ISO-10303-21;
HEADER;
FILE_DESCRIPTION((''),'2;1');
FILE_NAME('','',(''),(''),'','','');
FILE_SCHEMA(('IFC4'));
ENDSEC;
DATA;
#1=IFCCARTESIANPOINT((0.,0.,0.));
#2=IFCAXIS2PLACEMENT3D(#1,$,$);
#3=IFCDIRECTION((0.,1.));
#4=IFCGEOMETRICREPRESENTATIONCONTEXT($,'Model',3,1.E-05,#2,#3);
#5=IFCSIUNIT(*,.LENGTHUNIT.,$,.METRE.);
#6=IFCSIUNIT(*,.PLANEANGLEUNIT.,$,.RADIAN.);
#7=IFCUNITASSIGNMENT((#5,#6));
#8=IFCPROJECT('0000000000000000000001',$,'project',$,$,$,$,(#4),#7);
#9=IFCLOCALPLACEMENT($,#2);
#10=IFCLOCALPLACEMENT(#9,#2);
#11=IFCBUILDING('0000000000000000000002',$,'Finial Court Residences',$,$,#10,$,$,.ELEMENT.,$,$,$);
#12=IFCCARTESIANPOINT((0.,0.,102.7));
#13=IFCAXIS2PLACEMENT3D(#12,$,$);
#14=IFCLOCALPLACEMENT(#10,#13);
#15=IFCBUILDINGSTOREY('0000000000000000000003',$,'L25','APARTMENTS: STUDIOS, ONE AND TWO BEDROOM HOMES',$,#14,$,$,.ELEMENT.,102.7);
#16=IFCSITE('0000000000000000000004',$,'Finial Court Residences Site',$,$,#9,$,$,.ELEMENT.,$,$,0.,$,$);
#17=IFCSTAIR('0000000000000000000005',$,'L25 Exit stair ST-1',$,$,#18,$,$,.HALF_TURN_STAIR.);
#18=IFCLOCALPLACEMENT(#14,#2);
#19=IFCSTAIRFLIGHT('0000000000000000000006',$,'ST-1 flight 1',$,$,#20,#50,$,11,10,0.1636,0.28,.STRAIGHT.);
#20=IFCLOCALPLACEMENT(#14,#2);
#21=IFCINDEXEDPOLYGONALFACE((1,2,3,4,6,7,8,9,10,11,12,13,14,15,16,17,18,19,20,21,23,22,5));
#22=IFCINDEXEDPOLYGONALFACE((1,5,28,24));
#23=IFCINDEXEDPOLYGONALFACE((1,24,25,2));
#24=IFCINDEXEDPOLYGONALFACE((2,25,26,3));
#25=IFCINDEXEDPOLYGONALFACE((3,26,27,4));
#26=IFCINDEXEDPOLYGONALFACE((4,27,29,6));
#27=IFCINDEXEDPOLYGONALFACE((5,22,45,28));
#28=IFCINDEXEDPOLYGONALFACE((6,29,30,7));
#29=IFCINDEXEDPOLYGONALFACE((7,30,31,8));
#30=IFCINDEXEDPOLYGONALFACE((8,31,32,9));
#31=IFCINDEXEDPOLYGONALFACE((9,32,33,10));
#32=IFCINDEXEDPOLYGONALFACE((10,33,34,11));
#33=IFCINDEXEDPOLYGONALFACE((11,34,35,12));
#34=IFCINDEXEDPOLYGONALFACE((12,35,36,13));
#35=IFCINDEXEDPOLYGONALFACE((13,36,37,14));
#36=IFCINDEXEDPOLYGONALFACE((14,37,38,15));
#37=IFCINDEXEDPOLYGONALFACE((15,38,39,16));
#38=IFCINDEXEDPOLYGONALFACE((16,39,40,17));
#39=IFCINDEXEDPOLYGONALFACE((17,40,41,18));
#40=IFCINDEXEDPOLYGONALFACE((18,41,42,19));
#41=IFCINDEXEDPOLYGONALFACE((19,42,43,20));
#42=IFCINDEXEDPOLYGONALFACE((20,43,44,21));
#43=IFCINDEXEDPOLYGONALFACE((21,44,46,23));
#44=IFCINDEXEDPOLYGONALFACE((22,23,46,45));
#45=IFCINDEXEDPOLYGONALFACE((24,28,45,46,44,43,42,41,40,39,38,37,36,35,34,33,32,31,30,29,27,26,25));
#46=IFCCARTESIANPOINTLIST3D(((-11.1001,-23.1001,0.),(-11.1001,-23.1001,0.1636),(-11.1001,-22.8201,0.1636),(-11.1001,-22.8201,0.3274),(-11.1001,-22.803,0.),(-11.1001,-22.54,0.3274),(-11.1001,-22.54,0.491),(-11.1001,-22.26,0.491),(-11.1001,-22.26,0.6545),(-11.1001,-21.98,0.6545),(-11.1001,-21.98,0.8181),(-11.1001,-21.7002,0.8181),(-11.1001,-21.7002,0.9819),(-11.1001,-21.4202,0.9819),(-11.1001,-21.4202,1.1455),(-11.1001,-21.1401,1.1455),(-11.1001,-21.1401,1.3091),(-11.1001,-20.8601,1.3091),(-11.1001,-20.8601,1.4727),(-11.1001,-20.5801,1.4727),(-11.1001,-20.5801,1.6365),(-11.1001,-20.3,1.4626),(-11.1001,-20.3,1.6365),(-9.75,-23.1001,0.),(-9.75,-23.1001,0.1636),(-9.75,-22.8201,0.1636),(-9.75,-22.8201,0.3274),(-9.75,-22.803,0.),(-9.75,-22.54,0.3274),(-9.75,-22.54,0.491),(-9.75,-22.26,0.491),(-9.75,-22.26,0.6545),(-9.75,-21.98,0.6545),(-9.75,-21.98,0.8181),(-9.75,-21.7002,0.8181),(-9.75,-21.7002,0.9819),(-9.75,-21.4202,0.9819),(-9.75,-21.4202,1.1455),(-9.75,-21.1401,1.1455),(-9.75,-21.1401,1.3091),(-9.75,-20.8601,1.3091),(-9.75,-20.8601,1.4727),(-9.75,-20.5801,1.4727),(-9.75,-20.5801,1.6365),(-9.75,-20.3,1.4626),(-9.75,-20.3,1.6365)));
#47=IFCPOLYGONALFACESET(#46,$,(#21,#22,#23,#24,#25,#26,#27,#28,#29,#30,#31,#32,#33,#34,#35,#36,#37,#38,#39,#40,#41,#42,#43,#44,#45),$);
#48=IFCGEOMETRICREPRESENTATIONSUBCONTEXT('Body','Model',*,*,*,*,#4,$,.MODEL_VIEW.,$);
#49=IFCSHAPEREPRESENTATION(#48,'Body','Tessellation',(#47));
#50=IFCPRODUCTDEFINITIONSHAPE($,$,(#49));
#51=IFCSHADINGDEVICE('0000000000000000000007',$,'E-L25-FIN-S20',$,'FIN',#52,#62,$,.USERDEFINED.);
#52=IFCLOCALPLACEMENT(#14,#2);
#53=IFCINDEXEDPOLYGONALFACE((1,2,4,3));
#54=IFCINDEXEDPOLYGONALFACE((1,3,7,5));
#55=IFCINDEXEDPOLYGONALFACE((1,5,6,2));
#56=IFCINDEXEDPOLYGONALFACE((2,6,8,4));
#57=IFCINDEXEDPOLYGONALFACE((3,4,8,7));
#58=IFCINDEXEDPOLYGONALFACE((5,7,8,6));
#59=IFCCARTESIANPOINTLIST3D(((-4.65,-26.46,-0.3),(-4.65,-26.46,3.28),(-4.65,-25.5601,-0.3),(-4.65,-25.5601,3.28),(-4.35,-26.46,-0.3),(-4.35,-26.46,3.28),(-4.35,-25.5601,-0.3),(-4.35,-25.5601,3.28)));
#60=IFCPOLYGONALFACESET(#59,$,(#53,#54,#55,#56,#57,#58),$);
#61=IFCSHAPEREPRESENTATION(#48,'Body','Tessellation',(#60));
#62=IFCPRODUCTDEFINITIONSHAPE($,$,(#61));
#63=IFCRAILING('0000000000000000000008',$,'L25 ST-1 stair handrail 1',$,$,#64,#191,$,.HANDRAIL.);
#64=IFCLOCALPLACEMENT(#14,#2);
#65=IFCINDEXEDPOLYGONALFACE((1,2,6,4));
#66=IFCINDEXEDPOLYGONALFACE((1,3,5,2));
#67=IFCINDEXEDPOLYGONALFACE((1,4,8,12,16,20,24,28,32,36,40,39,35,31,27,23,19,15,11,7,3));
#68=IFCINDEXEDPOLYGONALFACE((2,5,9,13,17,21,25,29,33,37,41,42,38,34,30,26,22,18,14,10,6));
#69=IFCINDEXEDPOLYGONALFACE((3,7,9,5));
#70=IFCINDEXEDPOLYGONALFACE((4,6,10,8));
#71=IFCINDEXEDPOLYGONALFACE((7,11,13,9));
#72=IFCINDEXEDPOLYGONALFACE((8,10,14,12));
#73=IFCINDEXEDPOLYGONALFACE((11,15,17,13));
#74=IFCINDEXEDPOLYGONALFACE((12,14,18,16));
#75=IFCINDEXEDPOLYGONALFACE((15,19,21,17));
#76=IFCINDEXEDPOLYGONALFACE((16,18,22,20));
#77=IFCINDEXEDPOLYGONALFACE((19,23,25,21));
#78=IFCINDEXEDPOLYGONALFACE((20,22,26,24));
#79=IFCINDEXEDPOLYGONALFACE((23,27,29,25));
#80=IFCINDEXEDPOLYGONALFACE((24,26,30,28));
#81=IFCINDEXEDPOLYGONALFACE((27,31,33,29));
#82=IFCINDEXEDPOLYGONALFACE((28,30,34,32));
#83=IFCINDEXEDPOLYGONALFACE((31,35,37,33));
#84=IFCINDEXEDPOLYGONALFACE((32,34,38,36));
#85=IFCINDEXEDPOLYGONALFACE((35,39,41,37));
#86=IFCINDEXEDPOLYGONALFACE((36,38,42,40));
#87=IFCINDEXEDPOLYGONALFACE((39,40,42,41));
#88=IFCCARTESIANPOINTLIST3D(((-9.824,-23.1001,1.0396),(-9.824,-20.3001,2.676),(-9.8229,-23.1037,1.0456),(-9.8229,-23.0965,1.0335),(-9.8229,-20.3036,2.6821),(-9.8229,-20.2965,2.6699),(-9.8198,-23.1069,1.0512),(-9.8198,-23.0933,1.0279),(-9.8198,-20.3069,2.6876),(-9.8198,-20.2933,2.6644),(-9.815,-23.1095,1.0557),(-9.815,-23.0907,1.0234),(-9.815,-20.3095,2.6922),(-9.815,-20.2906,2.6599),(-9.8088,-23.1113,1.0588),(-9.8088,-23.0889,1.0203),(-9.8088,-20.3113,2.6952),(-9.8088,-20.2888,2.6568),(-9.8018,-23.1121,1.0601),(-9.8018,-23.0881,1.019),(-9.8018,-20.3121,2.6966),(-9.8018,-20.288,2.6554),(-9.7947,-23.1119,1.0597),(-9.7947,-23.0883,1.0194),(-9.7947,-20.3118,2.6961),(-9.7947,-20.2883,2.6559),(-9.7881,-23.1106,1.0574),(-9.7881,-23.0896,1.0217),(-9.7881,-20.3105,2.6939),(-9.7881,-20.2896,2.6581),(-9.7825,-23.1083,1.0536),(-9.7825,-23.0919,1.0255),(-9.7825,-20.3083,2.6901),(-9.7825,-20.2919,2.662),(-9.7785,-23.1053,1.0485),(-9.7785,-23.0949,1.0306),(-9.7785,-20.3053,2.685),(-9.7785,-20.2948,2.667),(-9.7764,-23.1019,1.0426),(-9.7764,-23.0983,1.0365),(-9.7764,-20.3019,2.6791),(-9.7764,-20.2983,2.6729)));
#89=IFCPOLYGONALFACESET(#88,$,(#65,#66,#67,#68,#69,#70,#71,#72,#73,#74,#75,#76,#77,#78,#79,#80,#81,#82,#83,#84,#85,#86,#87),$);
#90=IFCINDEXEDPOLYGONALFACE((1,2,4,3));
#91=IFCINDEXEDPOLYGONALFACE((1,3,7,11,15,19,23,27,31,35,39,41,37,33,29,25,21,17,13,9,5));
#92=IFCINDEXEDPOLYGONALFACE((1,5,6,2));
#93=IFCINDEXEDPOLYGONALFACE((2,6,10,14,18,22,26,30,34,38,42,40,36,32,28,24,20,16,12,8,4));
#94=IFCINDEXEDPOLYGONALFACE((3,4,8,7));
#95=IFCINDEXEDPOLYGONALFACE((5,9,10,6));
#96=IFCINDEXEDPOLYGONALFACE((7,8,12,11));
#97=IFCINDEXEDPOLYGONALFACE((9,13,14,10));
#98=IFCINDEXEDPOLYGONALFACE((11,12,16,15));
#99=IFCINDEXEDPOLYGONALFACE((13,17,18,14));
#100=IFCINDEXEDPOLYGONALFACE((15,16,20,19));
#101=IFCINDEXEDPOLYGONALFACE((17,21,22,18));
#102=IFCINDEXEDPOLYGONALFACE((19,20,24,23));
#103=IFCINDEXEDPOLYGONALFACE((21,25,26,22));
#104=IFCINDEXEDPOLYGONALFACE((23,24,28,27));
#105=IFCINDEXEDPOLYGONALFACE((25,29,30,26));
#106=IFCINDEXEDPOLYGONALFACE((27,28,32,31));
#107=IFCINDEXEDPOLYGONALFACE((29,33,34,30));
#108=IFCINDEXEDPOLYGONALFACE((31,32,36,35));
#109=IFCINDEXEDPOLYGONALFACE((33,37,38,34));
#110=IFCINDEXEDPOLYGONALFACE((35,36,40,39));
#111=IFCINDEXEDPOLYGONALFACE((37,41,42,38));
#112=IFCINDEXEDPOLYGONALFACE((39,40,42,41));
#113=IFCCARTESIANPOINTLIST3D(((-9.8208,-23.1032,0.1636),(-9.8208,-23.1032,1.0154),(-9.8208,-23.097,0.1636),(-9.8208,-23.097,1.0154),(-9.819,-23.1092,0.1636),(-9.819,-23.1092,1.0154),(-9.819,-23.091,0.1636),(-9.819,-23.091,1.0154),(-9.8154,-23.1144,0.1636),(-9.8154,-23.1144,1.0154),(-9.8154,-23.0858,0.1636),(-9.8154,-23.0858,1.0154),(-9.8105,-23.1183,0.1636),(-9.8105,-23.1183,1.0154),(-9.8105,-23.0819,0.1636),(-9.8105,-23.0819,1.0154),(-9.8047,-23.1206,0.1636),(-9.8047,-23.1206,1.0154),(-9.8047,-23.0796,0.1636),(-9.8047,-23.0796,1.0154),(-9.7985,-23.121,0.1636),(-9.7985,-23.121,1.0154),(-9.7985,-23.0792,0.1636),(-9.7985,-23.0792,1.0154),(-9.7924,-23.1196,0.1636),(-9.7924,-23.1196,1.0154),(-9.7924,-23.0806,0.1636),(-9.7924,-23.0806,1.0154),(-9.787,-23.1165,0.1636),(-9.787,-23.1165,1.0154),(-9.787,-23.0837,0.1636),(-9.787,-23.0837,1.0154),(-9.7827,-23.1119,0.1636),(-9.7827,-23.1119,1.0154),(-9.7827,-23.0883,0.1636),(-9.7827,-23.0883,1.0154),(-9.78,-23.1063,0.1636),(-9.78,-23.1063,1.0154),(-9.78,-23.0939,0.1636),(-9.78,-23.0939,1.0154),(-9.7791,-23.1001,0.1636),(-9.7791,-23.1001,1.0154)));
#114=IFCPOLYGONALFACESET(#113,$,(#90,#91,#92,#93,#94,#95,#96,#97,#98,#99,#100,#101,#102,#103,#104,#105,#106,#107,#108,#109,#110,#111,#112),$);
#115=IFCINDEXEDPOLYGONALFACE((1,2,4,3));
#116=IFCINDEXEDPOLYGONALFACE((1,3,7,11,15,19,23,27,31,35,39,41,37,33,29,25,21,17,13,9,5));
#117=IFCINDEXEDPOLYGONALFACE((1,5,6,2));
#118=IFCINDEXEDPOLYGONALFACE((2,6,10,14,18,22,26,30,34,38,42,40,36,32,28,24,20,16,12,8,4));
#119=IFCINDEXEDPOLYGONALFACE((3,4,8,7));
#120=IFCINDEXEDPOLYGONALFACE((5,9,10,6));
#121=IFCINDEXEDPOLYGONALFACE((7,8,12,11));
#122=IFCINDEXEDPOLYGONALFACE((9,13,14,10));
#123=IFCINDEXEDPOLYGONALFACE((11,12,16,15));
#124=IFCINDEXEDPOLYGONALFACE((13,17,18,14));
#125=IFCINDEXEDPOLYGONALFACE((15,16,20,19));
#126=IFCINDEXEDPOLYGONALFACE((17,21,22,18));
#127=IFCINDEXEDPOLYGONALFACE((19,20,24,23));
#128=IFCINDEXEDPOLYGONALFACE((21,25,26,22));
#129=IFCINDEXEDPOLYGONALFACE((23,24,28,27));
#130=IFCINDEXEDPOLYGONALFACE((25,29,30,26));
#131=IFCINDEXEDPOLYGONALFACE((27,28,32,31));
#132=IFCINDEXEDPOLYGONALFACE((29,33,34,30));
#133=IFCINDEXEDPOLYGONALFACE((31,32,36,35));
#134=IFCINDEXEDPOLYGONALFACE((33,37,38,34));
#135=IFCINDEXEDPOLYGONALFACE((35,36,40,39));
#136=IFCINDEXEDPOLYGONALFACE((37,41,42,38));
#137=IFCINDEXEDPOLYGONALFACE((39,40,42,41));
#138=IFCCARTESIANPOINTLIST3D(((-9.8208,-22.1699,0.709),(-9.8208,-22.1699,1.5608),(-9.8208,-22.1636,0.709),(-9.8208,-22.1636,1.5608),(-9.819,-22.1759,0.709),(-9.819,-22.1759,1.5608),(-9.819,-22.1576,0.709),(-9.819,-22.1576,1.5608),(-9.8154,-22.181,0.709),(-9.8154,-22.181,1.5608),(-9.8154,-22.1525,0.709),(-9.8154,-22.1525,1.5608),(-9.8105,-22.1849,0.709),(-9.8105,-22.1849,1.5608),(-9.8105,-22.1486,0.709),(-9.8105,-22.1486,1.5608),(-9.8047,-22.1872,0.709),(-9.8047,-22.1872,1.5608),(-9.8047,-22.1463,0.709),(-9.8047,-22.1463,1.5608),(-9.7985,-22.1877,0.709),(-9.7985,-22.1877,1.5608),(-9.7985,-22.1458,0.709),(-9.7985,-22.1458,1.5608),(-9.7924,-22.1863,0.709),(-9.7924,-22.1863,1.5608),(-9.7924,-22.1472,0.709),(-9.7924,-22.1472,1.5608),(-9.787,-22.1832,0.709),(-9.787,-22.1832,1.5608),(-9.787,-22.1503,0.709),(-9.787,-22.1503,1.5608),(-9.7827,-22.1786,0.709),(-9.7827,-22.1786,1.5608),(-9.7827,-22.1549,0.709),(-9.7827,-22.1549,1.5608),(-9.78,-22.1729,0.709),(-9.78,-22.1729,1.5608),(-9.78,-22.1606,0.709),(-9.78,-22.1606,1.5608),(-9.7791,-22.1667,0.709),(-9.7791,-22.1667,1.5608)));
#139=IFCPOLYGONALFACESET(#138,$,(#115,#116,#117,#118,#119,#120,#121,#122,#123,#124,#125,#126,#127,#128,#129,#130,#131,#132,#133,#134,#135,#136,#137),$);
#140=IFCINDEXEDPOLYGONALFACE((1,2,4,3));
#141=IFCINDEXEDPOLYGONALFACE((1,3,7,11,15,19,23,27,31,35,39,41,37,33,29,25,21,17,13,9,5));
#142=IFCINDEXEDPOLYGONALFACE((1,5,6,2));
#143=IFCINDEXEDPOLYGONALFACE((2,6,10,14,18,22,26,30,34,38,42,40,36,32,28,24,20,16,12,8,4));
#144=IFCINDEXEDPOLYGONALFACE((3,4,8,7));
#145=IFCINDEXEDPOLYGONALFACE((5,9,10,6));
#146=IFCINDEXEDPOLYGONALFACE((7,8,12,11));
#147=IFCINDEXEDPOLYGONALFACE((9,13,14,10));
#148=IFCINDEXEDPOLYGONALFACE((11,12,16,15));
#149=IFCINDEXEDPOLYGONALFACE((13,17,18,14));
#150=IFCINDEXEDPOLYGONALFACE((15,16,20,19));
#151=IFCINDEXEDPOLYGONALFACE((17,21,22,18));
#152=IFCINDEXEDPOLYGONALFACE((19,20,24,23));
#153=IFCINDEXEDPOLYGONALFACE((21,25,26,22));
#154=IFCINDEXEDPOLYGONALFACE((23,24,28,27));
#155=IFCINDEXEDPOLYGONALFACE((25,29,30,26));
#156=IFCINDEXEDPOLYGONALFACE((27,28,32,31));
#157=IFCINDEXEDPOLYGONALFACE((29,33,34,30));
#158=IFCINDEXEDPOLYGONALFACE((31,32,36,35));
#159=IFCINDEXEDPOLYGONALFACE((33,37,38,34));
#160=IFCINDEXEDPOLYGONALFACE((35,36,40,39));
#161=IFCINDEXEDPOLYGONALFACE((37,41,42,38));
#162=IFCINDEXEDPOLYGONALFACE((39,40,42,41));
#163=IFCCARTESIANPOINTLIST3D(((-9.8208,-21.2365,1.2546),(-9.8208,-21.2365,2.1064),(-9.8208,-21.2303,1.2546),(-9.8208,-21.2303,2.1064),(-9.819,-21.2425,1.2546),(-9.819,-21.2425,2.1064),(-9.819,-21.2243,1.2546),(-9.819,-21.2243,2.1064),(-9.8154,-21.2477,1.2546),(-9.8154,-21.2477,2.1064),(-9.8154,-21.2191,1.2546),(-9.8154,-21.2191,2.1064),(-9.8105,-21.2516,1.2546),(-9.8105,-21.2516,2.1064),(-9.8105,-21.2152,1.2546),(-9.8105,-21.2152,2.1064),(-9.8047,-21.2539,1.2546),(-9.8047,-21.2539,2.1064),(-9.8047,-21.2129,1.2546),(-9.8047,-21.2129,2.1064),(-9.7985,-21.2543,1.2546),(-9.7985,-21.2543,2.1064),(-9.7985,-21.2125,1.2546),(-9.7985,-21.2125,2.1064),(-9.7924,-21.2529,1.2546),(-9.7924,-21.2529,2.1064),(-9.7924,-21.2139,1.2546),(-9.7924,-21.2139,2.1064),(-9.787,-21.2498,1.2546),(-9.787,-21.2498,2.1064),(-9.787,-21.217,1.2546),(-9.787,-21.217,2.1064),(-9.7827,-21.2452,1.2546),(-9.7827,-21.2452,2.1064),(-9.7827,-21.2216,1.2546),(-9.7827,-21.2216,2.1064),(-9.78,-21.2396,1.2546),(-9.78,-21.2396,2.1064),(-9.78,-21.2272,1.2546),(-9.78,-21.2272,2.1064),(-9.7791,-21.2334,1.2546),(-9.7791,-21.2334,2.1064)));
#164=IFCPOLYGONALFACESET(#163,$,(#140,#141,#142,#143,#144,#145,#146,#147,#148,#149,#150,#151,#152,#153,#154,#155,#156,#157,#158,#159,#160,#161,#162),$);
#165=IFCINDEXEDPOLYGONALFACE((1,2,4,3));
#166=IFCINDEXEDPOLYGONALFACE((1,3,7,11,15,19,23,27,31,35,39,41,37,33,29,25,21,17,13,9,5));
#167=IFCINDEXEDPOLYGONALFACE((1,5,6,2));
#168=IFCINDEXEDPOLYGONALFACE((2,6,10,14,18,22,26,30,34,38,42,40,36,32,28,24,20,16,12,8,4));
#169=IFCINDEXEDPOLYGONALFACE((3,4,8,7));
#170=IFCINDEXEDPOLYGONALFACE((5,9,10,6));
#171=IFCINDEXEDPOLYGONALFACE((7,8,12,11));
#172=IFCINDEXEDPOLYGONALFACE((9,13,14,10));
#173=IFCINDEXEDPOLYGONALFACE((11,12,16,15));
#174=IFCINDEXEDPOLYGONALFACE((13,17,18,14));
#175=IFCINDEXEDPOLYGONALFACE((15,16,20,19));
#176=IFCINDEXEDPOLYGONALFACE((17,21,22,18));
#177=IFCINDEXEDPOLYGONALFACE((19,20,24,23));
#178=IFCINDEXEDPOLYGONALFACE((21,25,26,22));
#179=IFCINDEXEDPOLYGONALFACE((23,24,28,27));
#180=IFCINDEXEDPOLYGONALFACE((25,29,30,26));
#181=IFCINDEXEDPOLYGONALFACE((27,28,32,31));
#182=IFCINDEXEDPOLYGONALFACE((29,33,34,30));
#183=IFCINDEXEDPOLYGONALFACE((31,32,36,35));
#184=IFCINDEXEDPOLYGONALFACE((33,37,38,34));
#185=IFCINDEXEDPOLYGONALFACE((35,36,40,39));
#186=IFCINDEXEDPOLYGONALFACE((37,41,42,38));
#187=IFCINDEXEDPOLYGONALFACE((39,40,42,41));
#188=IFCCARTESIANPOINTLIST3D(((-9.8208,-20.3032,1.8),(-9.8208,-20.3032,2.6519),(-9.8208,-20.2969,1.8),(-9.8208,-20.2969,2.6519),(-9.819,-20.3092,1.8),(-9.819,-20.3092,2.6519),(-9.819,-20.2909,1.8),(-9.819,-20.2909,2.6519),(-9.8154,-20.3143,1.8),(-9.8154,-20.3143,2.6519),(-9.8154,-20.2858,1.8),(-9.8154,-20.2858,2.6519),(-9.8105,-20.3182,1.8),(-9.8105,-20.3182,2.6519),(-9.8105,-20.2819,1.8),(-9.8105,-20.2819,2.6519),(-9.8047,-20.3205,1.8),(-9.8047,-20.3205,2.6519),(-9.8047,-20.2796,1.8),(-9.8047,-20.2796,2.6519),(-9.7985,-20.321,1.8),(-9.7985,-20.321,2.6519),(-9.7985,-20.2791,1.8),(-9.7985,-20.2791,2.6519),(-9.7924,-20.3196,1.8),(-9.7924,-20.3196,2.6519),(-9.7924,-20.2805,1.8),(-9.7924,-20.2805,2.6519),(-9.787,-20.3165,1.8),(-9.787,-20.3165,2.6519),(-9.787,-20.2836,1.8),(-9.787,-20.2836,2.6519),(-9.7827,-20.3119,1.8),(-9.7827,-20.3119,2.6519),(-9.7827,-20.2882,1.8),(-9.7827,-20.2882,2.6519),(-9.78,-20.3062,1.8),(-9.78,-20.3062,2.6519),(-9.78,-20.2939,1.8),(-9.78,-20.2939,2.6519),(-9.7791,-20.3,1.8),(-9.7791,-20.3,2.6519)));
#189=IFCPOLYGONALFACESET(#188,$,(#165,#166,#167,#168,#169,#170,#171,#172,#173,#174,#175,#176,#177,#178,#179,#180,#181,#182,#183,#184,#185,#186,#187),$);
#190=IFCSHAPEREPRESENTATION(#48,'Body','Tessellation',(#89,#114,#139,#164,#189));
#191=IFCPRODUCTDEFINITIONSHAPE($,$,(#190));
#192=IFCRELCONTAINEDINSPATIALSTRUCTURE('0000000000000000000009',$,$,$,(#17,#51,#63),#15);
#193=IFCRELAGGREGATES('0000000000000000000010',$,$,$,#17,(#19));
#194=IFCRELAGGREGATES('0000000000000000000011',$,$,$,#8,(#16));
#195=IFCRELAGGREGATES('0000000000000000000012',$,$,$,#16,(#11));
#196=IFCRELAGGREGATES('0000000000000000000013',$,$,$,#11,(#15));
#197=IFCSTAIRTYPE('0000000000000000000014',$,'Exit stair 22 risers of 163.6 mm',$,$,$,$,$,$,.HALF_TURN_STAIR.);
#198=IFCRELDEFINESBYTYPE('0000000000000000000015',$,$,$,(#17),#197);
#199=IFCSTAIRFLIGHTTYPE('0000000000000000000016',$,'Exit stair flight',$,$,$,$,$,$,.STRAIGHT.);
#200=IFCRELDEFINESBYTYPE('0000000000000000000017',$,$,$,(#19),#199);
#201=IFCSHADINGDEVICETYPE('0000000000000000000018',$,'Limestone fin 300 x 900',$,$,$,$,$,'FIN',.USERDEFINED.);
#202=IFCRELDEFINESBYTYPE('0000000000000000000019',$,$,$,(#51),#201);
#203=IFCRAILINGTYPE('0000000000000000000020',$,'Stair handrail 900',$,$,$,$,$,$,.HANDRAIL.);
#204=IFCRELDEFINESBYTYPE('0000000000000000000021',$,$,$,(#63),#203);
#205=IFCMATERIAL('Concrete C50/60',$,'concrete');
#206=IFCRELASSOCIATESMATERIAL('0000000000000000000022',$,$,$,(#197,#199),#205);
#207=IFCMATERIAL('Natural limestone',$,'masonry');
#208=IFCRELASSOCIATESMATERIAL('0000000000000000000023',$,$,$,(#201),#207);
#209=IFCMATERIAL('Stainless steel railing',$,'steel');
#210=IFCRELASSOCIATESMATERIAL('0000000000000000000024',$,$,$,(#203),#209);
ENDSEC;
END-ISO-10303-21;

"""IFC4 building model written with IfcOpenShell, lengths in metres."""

from ifc_helpers import new_model, si_unit, direction, frame, origin, origin_2d, place, context, subcontext, project, spatial, polyline, rectangle, circle, outline, extrude, material, type_object, element, aggregate, save


model = new_model("IFC4")

# Units and contexts
model_context = context("Model", 3, precision=1e-05, world=origin(), true_north=direction((0.0, 1.0)))
body_context = subcontext(model_context, "Body", "Model", "MODEL_VIEW")
ifc_project = project(units=[si_unit("LENGTHUNIT", "METRE"), si_unit("PLANEANGLEUNIT", "RADIAN")], contexts=[model_context])

# Site, building, storey
site_placement = place(None, origin())
site = spatial("IfcSite", under=ifc_project, at=site_placement, Name="Finial Court Residences Site", CompositionType="ELEMENT", RefElevation=0.0)
building_placement = place(site_placement, origin())
building = spatial("IfcBuilding", under=site, at=building_placement, Name="Finial Court Residences", CompositionType="ELEMENT")
storey_placement = place(building_placement, frame((0.0, 0.0, 102.7)))
storey = spatial("IfcBuildingStorey", under=building, at=storey_placement, Name="L25", Description="APARTMENTS: STUDIOS, ONE AND TWO BEDROOM HOMES", CompositionType="ELEMENT", Elevation=102.7)

# Stair, stair flight
ifc_material_1 = material(Name="Concrete C50/60", Category="concrete")
stair_type = type_object("IfcStairType", Name="Exit stair 22 risers of 163.6 mm", PredefinedType="HALF_TURN_STAIR", material=ifc_material_1)
stair_placement = place(storey_placement, origin())
stair = element("IfcStair", 1, at=stair_placement, inside=storey, type_object=stair_type, Name="L25 Exit stair ST-1", PredefinedType="HALF_TURN_STAIR")
stair_flight_type = type_object("IfcStairFlightType", Name="Exit stair flight", PredefinedType="STRAIGHT", material=ifc_material_1)
stair_flight_placement = place(storey_placement, frame((-10.425, -23.1001, 0.0), z_axis=(0.0, 0.0, 1.0), x_axis=(0.0, 1.0, 0.0)))
stair_flight = element("IfcStairFlight", 2, at=stair_flight_placement, type_object=stair_flight_type, Name="ST-1 flight 1", NumberOfRisers=11, NumberOfTreads=10, PredefinedType="STRAIGHT", RiserHeight=0.1636, TreadLength=0.28, context=body_context, shape_type="SweptSolid", body=[
    extrude(outline(polyline([(0.0, 0.0), (0.0, 0.1636), (0.28, 0.1636), (0.28, 0.3274), (0.5601, 0.3274), (0.5601, 0.491), (0.8401, 0.491), (0.8401, 0.6545), (1.1201, 0.6545), (1.1201, 0.8181), (1.3999, 0.8181), (1.3999, 0.9819), (1.6799, 0.9819), (1.6799, 1.1455), (1.96, 1.1455), (1.96, 1.3091), (2.24, 1.3091), (2.24, 1.4727), (2.52, 1.4727), (2.52, 1.6365), (2.8, 1.6365), (2.8, 1.8), (2.8, 1.4626), (0.2971, 0.0), (0.0, 0.0)])), frame((0.0, 0.675, 0.0), z_axis=(0.0, -1.0, 0.0), x_axis=(1.0, 0.0, 0.0)), (0.0, 0.0, 1.0), 1.3501),
])
aggregate(stair, [stair_flight])

# Shading device
ifc_material_2 = material(Name="Natural limestone", Category="masonry")
shading_device_type = type_object("IfcShadingDeviceType", Name="Limestone fin 300 x 900", ElementType="FIN", PredefinedType="USERDEFINED", material=ifc_material_2)
shading_device_placement = place(storey_placement, frame((-4.5, -26.01, -0.3), z_axis=(0.0, 0.0, 1.0), x_axis=(1.0, 0.0, 0.0)))
element("IfcShadingDevice", 3, at=shading_device_placement, inside=storey, type_object=shading_device_type, Name="E-L25-FIN-S20", ObjectType="FIN", PredefinedType="USERDEFINED", context=body_context, shape_type="SweptSolid", body=[
    extrude(rectangle(XDim=0.3, YDim=0.8999, at=origin_2d()), origin(), (0.0, 0.0, 1.0), 3.5801),
])

# Railing
ifc_material_3 = material(Name="Stainless steel railing", Category="steel")
railing_type = type_object("IfcRailingType", Name="Stair handrail 900", PredefinedType="HANDRAIL", material=ifc_material_3)
railing_placement = place(storey_placement, frame((-9.8, -23.1001, 0.1636)))
element("IfcRailing", 4, at=railing_placement, inside=storey, type_object=railing_type, Name="L25 ST-1 stair handrail 1", PredefinedType="HANDRAIL", context=body_context, shape_type="SweptSolid", body=[
    extrude(circle(Radius=0.0239, at=origin_2d()), frame((0.0, 0.0, 0.876), z_axis=(0.0, 0.863361, 0.504587), x_axis=(-1.0, 0.0, 0.0)), (0.0, 0.0, 1.0), 3.2432),
    extrude(circle(Radius=0.021, at=origin_2d()), origin(), (0.0, 0.0, 1.0), 0.8518),
    extrude(circle(Radius=0.021, at=origin_2d()), frame((0.0, 0.9333, 0.5454)), (0.0, 0.0, 1.0), 0.8518),
    extrude(circle(Radius=0.021, at=origin_2d()), frame((0.0, 1.8667, 1.0911)), (0.0, 0.0, 1.0), 0.8518),
    extrude(circle(Radius=0.021, at=origin_2d()), frame((0.0, 2.8, 1.6365)), (0.0, 0.0, 1.0), 0.8518),
])

save(model, "model.ifc")
